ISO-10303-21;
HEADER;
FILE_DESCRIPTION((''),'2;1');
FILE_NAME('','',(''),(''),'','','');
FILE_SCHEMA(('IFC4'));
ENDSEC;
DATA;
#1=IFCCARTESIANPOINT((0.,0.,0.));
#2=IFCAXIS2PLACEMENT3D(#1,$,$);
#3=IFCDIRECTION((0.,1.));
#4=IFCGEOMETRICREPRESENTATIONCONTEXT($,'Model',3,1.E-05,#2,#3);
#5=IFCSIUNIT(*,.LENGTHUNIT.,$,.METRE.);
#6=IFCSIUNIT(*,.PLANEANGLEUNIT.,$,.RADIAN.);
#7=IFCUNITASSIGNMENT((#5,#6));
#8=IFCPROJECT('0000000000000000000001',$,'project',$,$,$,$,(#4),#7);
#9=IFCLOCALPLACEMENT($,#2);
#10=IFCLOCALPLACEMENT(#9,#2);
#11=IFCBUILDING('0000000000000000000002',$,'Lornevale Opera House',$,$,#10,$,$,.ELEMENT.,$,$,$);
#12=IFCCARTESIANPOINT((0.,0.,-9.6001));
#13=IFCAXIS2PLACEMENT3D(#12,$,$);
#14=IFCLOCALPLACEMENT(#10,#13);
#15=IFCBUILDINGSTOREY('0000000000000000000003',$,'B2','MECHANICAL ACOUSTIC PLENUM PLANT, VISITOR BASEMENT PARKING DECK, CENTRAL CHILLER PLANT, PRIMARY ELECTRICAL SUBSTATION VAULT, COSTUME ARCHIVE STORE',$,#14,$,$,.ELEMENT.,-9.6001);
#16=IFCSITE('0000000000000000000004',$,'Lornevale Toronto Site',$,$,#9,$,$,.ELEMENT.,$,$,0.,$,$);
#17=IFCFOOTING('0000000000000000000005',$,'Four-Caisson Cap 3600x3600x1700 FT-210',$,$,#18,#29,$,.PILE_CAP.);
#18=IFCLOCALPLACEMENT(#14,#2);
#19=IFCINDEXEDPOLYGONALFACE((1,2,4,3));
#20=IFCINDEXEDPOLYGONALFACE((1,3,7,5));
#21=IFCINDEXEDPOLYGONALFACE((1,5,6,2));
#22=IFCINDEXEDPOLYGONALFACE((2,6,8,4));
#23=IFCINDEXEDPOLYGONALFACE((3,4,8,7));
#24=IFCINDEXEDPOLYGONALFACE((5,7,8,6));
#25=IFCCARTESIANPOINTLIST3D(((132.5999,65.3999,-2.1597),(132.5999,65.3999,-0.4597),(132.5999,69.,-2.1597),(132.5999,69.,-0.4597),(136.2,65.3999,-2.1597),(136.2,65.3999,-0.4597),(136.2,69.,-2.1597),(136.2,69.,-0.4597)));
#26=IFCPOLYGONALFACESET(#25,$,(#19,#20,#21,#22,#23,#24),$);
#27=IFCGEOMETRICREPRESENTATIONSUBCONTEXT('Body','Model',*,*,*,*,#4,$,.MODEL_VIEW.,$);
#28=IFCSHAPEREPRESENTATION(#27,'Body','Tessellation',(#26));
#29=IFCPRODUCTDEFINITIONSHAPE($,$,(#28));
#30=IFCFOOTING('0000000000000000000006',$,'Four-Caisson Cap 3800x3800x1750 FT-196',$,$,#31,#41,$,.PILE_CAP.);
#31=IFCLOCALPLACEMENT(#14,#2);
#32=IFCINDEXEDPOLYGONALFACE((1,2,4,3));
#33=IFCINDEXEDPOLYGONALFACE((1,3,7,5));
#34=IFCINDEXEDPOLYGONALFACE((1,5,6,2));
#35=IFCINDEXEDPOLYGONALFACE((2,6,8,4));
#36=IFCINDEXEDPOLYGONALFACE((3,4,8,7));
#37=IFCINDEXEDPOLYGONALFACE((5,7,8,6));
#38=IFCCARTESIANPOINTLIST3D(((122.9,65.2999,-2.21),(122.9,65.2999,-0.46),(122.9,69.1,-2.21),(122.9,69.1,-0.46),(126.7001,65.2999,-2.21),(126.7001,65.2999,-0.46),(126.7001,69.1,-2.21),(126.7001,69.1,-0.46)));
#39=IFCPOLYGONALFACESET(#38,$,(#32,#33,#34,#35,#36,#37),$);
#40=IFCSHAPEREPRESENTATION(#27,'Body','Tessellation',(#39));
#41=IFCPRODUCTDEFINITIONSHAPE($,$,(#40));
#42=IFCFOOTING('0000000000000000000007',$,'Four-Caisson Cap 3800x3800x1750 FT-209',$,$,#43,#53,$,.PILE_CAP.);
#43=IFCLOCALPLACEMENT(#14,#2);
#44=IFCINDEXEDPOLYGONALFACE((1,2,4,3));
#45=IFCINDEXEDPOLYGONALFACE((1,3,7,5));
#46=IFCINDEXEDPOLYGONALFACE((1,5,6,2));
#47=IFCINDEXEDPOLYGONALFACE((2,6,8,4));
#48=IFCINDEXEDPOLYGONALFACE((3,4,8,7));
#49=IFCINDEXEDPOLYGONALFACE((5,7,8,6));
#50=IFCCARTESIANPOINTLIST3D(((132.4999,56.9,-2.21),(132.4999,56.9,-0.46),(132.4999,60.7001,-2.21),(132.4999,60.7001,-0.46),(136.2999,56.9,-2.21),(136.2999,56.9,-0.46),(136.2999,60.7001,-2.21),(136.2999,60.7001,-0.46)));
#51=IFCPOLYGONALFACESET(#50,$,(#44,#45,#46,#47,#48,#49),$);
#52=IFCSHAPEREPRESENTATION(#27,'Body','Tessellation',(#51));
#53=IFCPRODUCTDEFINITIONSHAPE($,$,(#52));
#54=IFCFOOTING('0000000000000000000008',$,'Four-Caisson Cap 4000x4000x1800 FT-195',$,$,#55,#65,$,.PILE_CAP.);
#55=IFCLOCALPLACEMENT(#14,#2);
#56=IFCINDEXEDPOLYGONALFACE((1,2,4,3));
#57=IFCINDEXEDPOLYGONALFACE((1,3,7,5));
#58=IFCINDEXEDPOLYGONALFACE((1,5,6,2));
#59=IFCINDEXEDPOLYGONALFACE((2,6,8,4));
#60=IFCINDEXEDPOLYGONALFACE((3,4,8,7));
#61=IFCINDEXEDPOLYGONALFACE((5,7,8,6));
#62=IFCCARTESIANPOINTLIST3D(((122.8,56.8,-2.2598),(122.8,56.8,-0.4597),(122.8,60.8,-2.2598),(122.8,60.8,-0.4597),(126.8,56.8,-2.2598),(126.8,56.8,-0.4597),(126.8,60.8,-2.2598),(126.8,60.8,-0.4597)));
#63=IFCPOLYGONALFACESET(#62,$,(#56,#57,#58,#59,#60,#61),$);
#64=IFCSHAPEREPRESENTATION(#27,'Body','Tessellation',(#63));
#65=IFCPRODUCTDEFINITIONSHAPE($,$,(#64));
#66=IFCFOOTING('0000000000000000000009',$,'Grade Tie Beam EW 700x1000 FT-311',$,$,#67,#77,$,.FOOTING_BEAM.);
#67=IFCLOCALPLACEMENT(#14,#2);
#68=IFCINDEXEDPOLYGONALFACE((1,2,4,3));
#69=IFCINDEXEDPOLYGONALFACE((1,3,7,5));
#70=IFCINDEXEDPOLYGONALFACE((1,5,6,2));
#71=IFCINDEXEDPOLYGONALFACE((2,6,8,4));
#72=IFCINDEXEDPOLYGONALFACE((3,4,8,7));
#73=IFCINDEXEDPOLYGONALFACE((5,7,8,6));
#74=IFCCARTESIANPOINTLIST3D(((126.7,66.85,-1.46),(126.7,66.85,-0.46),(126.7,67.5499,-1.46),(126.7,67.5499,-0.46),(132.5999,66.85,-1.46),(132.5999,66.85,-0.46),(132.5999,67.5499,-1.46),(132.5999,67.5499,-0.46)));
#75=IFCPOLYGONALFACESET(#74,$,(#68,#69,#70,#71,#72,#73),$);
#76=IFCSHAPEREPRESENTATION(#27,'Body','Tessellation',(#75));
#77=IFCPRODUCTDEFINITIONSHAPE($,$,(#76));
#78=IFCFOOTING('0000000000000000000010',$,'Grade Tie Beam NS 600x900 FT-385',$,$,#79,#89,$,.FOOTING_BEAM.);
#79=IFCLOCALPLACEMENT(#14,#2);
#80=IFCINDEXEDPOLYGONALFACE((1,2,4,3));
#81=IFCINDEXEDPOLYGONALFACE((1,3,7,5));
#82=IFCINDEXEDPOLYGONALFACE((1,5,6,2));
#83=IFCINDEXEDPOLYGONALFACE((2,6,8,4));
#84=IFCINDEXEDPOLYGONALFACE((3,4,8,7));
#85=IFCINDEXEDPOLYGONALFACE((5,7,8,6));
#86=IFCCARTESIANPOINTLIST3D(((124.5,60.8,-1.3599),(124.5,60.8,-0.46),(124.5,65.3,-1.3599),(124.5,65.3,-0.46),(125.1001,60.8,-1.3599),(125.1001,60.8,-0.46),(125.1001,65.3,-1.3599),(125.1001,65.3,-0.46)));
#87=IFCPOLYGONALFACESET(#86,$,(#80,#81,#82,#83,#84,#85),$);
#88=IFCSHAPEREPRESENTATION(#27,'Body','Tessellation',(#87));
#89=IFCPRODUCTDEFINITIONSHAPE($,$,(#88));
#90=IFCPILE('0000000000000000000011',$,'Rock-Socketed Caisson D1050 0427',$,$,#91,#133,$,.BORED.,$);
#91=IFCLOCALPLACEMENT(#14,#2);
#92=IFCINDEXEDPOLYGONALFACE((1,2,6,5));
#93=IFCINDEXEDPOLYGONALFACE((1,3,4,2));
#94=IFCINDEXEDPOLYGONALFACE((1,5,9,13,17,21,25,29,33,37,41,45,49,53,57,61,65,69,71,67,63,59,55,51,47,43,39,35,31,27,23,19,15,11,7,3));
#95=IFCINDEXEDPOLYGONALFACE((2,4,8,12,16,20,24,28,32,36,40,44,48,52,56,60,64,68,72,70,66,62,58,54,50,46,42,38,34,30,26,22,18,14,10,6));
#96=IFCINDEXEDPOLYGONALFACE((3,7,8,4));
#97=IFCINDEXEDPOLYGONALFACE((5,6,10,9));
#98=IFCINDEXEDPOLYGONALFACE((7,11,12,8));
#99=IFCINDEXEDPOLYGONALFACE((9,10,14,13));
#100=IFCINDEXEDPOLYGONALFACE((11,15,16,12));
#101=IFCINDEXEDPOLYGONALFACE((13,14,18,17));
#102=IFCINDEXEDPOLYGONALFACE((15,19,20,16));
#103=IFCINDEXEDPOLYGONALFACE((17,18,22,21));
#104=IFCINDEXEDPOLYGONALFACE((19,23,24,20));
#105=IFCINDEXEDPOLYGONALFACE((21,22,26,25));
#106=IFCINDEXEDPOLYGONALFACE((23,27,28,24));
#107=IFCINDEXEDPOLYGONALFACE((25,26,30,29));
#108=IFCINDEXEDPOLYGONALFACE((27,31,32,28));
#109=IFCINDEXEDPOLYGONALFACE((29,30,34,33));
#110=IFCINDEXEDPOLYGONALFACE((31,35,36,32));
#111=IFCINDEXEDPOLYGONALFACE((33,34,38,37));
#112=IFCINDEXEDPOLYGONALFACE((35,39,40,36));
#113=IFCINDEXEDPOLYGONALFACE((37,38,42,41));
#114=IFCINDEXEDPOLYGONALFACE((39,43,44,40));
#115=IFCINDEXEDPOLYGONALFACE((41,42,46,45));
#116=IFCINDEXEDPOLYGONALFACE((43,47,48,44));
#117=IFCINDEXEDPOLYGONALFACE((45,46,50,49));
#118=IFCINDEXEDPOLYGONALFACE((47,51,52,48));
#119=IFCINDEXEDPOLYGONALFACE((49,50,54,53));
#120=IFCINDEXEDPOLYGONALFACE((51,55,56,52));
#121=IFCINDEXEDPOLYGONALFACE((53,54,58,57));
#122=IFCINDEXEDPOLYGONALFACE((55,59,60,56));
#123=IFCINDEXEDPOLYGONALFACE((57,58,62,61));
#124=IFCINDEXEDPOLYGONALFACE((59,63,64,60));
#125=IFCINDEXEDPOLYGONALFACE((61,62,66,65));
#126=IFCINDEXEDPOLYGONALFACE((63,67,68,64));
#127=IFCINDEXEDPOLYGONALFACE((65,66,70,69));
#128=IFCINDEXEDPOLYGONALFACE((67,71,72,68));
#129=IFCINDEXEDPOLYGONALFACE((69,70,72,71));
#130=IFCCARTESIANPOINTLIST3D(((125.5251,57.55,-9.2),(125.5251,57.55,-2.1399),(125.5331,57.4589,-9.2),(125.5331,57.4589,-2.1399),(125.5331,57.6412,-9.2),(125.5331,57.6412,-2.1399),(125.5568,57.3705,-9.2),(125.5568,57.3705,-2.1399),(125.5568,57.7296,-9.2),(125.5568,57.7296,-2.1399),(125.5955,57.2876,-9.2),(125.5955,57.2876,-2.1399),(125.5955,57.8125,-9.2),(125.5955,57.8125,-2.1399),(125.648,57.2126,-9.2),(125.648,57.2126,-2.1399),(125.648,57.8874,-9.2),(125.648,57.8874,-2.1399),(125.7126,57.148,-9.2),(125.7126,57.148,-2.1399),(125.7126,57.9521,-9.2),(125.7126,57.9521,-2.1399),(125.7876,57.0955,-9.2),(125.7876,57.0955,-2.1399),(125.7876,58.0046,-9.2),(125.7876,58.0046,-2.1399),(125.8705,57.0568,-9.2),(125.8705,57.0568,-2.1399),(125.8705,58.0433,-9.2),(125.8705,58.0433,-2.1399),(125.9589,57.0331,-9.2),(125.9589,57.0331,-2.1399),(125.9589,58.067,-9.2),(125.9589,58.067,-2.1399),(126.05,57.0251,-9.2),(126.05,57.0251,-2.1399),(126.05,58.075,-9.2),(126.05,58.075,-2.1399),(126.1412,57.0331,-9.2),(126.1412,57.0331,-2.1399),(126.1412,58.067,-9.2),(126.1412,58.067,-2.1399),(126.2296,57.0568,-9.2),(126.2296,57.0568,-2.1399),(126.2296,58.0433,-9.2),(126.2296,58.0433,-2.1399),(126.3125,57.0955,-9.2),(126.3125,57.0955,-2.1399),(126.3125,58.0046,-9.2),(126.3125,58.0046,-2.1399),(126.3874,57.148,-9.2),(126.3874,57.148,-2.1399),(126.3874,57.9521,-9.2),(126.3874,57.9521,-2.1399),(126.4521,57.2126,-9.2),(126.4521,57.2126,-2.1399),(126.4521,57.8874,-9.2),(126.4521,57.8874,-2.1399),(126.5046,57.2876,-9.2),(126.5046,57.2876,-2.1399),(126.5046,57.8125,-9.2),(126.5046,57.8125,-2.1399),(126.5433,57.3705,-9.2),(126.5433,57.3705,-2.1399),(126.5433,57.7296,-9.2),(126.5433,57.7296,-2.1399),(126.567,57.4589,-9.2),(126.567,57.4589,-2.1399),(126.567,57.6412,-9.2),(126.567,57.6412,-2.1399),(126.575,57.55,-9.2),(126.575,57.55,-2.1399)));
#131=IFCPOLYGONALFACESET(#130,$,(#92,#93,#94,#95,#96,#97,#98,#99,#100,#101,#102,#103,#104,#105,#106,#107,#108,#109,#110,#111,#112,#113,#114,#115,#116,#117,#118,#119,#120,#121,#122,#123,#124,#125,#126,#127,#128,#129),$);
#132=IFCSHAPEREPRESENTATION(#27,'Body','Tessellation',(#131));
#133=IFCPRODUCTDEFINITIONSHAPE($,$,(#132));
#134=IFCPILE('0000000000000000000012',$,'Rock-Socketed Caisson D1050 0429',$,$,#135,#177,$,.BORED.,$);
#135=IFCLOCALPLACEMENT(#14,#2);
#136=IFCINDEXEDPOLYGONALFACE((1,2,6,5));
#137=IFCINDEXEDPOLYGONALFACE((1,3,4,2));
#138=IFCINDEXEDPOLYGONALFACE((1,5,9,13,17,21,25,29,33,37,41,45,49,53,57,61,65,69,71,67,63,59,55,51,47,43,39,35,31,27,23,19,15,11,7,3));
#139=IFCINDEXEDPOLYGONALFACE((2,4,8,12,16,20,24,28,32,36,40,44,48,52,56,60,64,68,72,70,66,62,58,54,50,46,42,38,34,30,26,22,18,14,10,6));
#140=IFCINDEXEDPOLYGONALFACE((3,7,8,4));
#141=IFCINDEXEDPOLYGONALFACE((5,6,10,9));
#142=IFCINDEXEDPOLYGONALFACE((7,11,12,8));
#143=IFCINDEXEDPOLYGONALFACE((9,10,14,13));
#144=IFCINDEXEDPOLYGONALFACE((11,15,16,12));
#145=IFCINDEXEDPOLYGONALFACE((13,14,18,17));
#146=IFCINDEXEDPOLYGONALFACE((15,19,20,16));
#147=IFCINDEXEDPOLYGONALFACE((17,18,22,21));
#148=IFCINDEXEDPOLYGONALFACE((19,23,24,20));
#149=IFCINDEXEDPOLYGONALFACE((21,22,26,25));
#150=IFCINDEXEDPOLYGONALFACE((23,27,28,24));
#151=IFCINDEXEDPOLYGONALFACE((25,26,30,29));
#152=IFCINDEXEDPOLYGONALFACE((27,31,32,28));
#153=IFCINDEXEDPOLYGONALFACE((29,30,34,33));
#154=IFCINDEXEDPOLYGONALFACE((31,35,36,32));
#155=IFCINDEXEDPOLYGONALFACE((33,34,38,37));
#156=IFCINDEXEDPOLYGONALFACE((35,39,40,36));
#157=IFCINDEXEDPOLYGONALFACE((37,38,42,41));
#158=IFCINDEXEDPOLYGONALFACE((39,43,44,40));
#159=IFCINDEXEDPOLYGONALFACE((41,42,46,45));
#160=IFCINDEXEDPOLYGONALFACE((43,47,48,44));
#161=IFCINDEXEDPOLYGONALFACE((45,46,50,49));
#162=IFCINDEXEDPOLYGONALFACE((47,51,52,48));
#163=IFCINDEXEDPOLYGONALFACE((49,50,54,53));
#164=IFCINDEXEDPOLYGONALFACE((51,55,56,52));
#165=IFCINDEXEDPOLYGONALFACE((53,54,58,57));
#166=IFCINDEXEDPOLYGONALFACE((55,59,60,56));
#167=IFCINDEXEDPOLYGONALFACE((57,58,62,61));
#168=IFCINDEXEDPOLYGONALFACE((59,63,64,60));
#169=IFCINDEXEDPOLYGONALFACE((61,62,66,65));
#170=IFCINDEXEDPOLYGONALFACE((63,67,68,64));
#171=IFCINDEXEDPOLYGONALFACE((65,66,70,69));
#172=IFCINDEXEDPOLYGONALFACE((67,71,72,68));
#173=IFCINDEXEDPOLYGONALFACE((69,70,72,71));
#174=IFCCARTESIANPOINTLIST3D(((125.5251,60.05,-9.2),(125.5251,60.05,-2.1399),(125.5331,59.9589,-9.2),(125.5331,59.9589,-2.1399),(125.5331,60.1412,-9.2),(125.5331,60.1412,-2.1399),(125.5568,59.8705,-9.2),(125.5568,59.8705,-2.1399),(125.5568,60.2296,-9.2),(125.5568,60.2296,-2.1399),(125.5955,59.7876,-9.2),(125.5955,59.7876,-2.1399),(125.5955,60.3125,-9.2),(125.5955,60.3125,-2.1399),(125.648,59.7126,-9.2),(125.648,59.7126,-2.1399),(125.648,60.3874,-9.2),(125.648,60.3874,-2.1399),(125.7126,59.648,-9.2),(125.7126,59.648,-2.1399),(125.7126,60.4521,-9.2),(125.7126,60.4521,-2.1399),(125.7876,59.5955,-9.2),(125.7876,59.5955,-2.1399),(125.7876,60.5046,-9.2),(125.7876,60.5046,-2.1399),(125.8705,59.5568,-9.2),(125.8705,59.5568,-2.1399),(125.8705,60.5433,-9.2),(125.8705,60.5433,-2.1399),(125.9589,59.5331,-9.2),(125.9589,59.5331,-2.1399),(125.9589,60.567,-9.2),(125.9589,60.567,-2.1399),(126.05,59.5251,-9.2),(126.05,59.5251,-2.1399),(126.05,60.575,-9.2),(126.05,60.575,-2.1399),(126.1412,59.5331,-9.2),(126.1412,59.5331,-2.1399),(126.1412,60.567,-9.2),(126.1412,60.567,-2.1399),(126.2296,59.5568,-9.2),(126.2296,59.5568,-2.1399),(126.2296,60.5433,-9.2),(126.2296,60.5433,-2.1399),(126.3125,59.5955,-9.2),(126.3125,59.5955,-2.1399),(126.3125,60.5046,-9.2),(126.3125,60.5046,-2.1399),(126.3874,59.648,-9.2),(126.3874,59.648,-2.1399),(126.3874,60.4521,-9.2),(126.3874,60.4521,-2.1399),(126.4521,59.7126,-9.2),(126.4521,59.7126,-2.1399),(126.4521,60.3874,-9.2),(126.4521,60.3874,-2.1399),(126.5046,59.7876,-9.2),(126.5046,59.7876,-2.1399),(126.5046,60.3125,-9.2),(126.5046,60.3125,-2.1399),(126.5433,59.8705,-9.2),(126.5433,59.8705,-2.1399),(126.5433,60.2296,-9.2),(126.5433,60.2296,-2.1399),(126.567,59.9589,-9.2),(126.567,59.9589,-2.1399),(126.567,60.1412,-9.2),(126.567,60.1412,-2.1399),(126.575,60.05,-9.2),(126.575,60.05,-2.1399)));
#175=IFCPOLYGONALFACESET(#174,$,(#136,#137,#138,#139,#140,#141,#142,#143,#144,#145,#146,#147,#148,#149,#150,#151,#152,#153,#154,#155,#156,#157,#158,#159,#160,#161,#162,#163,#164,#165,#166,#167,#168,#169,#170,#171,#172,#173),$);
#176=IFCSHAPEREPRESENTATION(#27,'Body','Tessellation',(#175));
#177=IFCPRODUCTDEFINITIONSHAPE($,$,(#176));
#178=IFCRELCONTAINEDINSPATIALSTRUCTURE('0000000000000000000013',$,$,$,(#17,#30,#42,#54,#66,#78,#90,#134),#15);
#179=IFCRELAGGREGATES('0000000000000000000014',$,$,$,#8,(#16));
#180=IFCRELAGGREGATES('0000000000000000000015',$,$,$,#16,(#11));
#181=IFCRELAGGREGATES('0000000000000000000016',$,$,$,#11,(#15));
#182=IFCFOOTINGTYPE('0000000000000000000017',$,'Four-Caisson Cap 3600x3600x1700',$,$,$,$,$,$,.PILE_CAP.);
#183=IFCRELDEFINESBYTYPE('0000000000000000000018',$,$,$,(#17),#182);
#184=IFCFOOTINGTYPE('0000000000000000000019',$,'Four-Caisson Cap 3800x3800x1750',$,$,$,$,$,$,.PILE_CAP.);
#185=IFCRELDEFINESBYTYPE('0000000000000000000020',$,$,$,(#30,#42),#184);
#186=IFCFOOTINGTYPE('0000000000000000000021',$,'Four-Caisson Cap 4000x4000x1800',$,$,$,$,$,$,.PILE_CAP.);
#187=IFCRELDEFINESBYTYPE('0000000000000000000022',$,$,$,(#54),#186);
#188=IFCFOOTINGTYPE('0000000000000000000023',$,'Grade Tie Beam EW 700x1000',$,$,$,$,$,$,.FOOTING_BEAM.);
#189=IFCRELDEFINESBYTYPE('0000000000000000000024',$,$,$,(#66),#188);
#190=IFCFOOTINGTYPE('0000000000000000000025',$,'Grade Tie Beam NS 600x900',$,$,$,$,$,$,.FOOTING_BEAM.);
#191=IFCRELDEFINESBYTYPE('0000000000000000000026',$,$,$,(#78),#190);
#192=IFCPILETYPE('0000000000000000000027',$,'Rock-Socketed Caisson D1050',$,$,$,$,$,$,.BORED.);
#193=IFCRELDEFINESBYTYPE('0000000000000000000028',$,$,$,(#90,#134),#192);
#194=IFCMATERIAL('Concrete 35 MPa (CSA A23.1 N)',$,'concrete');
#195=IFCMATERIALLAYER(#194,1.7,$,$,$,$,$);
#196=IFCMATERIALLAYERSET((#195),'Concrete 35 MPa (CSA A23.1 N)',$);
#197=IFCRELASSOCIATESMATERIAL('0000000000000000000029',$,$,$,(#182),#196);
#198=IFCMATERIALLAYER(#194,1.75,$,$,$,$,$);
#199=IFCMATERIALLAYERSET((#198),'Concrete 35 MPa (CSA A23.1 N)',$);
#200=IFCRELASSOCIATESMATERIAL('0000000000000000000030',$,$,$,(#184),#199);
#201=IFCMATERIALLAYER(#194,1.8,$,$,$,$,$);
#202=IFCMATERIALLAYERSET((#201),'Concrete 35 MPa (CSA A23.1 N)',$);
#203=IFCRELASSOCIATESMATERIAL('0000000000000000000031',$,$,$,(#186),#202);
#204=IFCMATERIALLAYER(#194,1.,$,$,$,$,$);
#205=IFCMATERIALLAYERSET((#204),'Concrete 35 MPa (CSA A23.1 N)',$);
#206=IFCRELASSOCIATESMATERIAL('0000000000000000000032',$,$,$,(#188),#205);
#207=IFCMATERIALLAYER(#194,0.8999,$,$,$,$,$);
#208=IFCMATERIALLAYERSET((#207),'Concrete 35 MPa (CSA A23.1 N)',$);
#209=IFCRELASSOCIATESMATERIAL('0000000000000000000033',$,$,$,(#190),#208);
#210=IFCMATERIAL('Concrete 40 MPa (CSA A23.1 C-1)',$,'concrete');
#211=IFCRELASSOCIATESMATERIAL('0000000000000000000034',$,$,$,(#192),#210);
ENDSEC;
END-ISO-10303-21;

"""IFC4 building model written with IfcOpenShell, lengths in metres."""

from ifc_helpers import new_model, si_unit, direction, frame, origin, origin_2d, place, context, subcontext, project, spatial, rectangle, circle, extrude, material, layer, layer_set, material_profile, profile_set, type_object, element, save


model = new_model("IFC4")

# Units and contexts
model_context = context("Model", 3, precision=1e-05, world=origin(), true_north=direction((0.0, 1.0)))
body_context = subcontext(model_context, "Body", "Model", "MODEL_VIEW")
ifc_project = project(units=[si_unit("LENGTHUNIT", "METRE"), si_unit("PLANEANGLEUNIT", "RADIAN")], contexts=[model_context])

# Site, building, storey
site_placement = place(None, origin())
site = spatial("IfcSite", under=ifc_project, at=site_placement, Name="Lornevale Toronto Site", CompositionType="ELEMENT", RefElevation=0.0)
building_placement = place(site_placement, origin())
building = spatial("IfcBuilding", under=site, at=building_placement, Name="Lornevale Opera House", CompositionType="ELEMENT")
storey_placement = place(building_placement, frame((0.0, 0.0, -9.6001)))
storey = spatial("IfcBuildingStorey", under=building, at=storey_placement, Name="B2", Description="MECHANICAL ACOUSTIC PLENUM PLANT, VISITOR BASEMENT PARKING DECK, CENTRAL CHILLER PLANT, PRIMARY ELECTRICAL SUBSTATION VAULT, COSTUME ARCHIVE STORE", CompositionType="ELEMENT", Elevation=-9.6001)

# Footings
ifc_material_1 = material(Name="Concrete 35 MPa (CSA A23.1 N)", Category="concrete")
ifc_layer_1 = layer(ifc_material_1, 1.7)
ifc_layer_set_1 = layer_set([ifc_layer_1], Name="Concrete 35 MPa (CSA A23.1 N)")
footing_type_1 = type_object("IfcFootingType", Name="Four-Caisson Cap 3600x3600x1700", PredefinedType="PILE_CAP", material=ifc_layer_set_1)
footing_1_placement = place(storey_placement, frame((134.3999, 67.2, -2.1597), z_axis=(0.0, 0.0, 1.0), x_axis=(1.0, 0.0, 0.0)))
element("IfcFooting", 1, at=footing_1_placement, inside=storey, type_object=footing_type_1, Name="Four-Caisson Cap 3600x3600x1700 FT-210", PredefinedType="PILE_CAP", context=body_context, shape_type="SweptSolid", body=[
    extrude(rectangle(XDim=3.6001, YDim=3.6001, at=origin_2d()), origin(), (0.0, 0.0, 1.0), 1.7),
])
ifc_layer_2 = layer(ifc_material_1, 1.75)
ifc_layer_set_2 = layer_set([ifc_layer_2], Name="Concrete 35 MPa (CSA A23.1 N)")
footing_type_2 = type_object("IfcFootingType", Name="Four-Caisson Cap 3800x3800x1750", PredefinedType="PILE_CAP", material=ifc_layer_set_2)
for number, where, z_axis, x_axis, name in (
    (2, (124.8, 67.2, -2.21), (0.0, 0.0, 1.0), (1.0, 0.0, 0.0), "Four-Caisson Cap 3800x3800x1750 FT-196"),
    (3, (134.3999, 58.8, -2.21), (0.0, 0.0, 1.0), (1.0, 0.0, 0.0), "Four-Caisson Cap 3800x3800x1750 FT-209"),
):
    element("IfcFooting", number, at=place(storey_placement, frame(where, z_axis=z_axis, x_axis=x_axis)), inside=storey, type_object=footing_type_2, Name=name, PredefinedType="PILE_CAP", context=body_context, shape_type="SweptSolid", body=[
        extrude(rectangle(XDim=3.8, YDim=3.8, at=origin_2d()), origin(), (0.0, 0.0, 1.0), 1.75),
    ])
ifc_layer_3 = layer(ifc_material_1, 1.8)
ifc_layer_set_3 = layer_set([ifc_layer_3], Name="Concrete 35 MPa (CSA A23.1 N)")
footing_type_3 = type_object("IfcFootingType", Name="Four-Caisson Cap 4000x4000x1800", PredefinedType="PILE_CAP", material=ifc_layer_set_3)
footing_2_placement = place(storey_placement, frame((124.8, 58.8, -2.2598), z_axis=(0.0, 0.0, 1.0), x_axis=(1.0, 0.0, 0.0)))
element("IfcFooting", 4, at=footing_2_placement, inside=storey, type_object=footing_type_3, Name="Four-Caisson Cap 4000x4000x1800 FT-195", PredefinedType="PILE_CAP", context=body_context, shape_type="SweptSolid", body=[
    extrude(rectangle(XDim=4.0, YDim=4.0, at=origin_2d()), origin(), (0.0, 0.0, 1.0), 1.8),
])
ifc_layer_4 = layer(ifc_material_1, 1.0)
ifc_layer_set_4 = layer_set([ifc_layer_4], Name="Concrete 35 MPa (CSA A23.1 N)")
footing_type_4 = type_object("IfcFootingType", Name="Grade Tie Beam EW 700x1000", PredefinedType="FOOTING_BEAM", material=ifc_layer_set_4)
footing_3_placement = place(storey_placement, frame((129.6499, 67.2, -1.46), z_axis=(0.0, 0.0, 1.0), x_axis=(1.0, 0.0, 0.0)))
element("IfcFooting", 5, at=footing_3_placement, inside=storey, type_object=footing_type_4, Name="Grade Tie Beam EW 700x1000 FT-311", PredefinedType="FOOTING_BEAM", context=body_context, shape_type="SweptSolid", body=[
    extrude(rectangle(XDim=5.8999, YDim=0.7, at=origin_2d()), origin(), (0.0, 0.0, 1.0), 1.0),
])
ifc_layer_5 = layer(ifc_material_1, 0.8999)
ifc_layer_set_5 = layer_set([ifc_layer_5], Name="Concrete 35 MPa (CSA A23.1 N)")
footing_type_5 = type_object("IfcFootingType", Name="Grade Tie Beam NS 600x900", PredefinedType="FOOTING_BEAM", material=ifc_layer_set_5)
footing_4_placement = place(storey_placement, frame((124.8, 63.05, -1.3599), z_axis=(0.0, 0.0, 1.0), x_axis=(1.0, 0.0, 0.0)))
element("IfcFooting", 6, at=footing_4_placement, inside=storey, type_object=footing_type_5, Name="Grade Tie Beam NS 600x900 FT-385", PredefinedType="FOOTING_BEAM", context=body_context, shape_type="SweptSolid", body=[
    extrude(rectangle(XDim=0.6001, YDim=4.5, at=origin_2d()), origin(), (0.0, 0.0, 1.0), 0.8999),
])

# Piles
ifc_material_2 = material(Name="Concrete 40 MPa (CSA A23.1 C-1)", Category="concrete")
ifc_material_profile_1 = material_profile(ifc_material_2, circle(Radius=0.5249, at=origin_2d()), Name="CAIS1050")
ifc_profile_set_1 = profile_set([ifc_material_profile_1], Name="Concrete 40 MPa (CSA A23.1 C-1)")
pile_type_1 = type_object("IfcPileType", Name="Rock-Socketed Caisson D1050", PredefinedType="BORED", material=ifc_profile_set_1)
for number, where, z_axis, x_axis, name in (
    (7, (126.05, 57.55, -2.1399), (0.0, 0.0, -1.0), (1.0, 0.0, 0.0), "Rock-Socketed Caisson D1050 0427"),
    (8, (126.05, 60.05, -2.1399), (0.0, 0.0, -1.0), (1.0, 0.0, 0.0), "Rock-Socketed Caisson D1050 0429"),
):
    element("IfcPile", number, at=place(storey_placement, frame(where, z_axis=z_axis, x_axis=x_axis)), inside=storey, type_object=pile_type_1, Name=name, PredefinedType="BORED", context=body_context, shape_type="SweptSolid", body=[
        extrude(circle(Radius=0.5249, at=origin_2d()), origin(), (0.0, 0.0, 1.0), 7.0601),
    ])

save(model, "model.ifc")
